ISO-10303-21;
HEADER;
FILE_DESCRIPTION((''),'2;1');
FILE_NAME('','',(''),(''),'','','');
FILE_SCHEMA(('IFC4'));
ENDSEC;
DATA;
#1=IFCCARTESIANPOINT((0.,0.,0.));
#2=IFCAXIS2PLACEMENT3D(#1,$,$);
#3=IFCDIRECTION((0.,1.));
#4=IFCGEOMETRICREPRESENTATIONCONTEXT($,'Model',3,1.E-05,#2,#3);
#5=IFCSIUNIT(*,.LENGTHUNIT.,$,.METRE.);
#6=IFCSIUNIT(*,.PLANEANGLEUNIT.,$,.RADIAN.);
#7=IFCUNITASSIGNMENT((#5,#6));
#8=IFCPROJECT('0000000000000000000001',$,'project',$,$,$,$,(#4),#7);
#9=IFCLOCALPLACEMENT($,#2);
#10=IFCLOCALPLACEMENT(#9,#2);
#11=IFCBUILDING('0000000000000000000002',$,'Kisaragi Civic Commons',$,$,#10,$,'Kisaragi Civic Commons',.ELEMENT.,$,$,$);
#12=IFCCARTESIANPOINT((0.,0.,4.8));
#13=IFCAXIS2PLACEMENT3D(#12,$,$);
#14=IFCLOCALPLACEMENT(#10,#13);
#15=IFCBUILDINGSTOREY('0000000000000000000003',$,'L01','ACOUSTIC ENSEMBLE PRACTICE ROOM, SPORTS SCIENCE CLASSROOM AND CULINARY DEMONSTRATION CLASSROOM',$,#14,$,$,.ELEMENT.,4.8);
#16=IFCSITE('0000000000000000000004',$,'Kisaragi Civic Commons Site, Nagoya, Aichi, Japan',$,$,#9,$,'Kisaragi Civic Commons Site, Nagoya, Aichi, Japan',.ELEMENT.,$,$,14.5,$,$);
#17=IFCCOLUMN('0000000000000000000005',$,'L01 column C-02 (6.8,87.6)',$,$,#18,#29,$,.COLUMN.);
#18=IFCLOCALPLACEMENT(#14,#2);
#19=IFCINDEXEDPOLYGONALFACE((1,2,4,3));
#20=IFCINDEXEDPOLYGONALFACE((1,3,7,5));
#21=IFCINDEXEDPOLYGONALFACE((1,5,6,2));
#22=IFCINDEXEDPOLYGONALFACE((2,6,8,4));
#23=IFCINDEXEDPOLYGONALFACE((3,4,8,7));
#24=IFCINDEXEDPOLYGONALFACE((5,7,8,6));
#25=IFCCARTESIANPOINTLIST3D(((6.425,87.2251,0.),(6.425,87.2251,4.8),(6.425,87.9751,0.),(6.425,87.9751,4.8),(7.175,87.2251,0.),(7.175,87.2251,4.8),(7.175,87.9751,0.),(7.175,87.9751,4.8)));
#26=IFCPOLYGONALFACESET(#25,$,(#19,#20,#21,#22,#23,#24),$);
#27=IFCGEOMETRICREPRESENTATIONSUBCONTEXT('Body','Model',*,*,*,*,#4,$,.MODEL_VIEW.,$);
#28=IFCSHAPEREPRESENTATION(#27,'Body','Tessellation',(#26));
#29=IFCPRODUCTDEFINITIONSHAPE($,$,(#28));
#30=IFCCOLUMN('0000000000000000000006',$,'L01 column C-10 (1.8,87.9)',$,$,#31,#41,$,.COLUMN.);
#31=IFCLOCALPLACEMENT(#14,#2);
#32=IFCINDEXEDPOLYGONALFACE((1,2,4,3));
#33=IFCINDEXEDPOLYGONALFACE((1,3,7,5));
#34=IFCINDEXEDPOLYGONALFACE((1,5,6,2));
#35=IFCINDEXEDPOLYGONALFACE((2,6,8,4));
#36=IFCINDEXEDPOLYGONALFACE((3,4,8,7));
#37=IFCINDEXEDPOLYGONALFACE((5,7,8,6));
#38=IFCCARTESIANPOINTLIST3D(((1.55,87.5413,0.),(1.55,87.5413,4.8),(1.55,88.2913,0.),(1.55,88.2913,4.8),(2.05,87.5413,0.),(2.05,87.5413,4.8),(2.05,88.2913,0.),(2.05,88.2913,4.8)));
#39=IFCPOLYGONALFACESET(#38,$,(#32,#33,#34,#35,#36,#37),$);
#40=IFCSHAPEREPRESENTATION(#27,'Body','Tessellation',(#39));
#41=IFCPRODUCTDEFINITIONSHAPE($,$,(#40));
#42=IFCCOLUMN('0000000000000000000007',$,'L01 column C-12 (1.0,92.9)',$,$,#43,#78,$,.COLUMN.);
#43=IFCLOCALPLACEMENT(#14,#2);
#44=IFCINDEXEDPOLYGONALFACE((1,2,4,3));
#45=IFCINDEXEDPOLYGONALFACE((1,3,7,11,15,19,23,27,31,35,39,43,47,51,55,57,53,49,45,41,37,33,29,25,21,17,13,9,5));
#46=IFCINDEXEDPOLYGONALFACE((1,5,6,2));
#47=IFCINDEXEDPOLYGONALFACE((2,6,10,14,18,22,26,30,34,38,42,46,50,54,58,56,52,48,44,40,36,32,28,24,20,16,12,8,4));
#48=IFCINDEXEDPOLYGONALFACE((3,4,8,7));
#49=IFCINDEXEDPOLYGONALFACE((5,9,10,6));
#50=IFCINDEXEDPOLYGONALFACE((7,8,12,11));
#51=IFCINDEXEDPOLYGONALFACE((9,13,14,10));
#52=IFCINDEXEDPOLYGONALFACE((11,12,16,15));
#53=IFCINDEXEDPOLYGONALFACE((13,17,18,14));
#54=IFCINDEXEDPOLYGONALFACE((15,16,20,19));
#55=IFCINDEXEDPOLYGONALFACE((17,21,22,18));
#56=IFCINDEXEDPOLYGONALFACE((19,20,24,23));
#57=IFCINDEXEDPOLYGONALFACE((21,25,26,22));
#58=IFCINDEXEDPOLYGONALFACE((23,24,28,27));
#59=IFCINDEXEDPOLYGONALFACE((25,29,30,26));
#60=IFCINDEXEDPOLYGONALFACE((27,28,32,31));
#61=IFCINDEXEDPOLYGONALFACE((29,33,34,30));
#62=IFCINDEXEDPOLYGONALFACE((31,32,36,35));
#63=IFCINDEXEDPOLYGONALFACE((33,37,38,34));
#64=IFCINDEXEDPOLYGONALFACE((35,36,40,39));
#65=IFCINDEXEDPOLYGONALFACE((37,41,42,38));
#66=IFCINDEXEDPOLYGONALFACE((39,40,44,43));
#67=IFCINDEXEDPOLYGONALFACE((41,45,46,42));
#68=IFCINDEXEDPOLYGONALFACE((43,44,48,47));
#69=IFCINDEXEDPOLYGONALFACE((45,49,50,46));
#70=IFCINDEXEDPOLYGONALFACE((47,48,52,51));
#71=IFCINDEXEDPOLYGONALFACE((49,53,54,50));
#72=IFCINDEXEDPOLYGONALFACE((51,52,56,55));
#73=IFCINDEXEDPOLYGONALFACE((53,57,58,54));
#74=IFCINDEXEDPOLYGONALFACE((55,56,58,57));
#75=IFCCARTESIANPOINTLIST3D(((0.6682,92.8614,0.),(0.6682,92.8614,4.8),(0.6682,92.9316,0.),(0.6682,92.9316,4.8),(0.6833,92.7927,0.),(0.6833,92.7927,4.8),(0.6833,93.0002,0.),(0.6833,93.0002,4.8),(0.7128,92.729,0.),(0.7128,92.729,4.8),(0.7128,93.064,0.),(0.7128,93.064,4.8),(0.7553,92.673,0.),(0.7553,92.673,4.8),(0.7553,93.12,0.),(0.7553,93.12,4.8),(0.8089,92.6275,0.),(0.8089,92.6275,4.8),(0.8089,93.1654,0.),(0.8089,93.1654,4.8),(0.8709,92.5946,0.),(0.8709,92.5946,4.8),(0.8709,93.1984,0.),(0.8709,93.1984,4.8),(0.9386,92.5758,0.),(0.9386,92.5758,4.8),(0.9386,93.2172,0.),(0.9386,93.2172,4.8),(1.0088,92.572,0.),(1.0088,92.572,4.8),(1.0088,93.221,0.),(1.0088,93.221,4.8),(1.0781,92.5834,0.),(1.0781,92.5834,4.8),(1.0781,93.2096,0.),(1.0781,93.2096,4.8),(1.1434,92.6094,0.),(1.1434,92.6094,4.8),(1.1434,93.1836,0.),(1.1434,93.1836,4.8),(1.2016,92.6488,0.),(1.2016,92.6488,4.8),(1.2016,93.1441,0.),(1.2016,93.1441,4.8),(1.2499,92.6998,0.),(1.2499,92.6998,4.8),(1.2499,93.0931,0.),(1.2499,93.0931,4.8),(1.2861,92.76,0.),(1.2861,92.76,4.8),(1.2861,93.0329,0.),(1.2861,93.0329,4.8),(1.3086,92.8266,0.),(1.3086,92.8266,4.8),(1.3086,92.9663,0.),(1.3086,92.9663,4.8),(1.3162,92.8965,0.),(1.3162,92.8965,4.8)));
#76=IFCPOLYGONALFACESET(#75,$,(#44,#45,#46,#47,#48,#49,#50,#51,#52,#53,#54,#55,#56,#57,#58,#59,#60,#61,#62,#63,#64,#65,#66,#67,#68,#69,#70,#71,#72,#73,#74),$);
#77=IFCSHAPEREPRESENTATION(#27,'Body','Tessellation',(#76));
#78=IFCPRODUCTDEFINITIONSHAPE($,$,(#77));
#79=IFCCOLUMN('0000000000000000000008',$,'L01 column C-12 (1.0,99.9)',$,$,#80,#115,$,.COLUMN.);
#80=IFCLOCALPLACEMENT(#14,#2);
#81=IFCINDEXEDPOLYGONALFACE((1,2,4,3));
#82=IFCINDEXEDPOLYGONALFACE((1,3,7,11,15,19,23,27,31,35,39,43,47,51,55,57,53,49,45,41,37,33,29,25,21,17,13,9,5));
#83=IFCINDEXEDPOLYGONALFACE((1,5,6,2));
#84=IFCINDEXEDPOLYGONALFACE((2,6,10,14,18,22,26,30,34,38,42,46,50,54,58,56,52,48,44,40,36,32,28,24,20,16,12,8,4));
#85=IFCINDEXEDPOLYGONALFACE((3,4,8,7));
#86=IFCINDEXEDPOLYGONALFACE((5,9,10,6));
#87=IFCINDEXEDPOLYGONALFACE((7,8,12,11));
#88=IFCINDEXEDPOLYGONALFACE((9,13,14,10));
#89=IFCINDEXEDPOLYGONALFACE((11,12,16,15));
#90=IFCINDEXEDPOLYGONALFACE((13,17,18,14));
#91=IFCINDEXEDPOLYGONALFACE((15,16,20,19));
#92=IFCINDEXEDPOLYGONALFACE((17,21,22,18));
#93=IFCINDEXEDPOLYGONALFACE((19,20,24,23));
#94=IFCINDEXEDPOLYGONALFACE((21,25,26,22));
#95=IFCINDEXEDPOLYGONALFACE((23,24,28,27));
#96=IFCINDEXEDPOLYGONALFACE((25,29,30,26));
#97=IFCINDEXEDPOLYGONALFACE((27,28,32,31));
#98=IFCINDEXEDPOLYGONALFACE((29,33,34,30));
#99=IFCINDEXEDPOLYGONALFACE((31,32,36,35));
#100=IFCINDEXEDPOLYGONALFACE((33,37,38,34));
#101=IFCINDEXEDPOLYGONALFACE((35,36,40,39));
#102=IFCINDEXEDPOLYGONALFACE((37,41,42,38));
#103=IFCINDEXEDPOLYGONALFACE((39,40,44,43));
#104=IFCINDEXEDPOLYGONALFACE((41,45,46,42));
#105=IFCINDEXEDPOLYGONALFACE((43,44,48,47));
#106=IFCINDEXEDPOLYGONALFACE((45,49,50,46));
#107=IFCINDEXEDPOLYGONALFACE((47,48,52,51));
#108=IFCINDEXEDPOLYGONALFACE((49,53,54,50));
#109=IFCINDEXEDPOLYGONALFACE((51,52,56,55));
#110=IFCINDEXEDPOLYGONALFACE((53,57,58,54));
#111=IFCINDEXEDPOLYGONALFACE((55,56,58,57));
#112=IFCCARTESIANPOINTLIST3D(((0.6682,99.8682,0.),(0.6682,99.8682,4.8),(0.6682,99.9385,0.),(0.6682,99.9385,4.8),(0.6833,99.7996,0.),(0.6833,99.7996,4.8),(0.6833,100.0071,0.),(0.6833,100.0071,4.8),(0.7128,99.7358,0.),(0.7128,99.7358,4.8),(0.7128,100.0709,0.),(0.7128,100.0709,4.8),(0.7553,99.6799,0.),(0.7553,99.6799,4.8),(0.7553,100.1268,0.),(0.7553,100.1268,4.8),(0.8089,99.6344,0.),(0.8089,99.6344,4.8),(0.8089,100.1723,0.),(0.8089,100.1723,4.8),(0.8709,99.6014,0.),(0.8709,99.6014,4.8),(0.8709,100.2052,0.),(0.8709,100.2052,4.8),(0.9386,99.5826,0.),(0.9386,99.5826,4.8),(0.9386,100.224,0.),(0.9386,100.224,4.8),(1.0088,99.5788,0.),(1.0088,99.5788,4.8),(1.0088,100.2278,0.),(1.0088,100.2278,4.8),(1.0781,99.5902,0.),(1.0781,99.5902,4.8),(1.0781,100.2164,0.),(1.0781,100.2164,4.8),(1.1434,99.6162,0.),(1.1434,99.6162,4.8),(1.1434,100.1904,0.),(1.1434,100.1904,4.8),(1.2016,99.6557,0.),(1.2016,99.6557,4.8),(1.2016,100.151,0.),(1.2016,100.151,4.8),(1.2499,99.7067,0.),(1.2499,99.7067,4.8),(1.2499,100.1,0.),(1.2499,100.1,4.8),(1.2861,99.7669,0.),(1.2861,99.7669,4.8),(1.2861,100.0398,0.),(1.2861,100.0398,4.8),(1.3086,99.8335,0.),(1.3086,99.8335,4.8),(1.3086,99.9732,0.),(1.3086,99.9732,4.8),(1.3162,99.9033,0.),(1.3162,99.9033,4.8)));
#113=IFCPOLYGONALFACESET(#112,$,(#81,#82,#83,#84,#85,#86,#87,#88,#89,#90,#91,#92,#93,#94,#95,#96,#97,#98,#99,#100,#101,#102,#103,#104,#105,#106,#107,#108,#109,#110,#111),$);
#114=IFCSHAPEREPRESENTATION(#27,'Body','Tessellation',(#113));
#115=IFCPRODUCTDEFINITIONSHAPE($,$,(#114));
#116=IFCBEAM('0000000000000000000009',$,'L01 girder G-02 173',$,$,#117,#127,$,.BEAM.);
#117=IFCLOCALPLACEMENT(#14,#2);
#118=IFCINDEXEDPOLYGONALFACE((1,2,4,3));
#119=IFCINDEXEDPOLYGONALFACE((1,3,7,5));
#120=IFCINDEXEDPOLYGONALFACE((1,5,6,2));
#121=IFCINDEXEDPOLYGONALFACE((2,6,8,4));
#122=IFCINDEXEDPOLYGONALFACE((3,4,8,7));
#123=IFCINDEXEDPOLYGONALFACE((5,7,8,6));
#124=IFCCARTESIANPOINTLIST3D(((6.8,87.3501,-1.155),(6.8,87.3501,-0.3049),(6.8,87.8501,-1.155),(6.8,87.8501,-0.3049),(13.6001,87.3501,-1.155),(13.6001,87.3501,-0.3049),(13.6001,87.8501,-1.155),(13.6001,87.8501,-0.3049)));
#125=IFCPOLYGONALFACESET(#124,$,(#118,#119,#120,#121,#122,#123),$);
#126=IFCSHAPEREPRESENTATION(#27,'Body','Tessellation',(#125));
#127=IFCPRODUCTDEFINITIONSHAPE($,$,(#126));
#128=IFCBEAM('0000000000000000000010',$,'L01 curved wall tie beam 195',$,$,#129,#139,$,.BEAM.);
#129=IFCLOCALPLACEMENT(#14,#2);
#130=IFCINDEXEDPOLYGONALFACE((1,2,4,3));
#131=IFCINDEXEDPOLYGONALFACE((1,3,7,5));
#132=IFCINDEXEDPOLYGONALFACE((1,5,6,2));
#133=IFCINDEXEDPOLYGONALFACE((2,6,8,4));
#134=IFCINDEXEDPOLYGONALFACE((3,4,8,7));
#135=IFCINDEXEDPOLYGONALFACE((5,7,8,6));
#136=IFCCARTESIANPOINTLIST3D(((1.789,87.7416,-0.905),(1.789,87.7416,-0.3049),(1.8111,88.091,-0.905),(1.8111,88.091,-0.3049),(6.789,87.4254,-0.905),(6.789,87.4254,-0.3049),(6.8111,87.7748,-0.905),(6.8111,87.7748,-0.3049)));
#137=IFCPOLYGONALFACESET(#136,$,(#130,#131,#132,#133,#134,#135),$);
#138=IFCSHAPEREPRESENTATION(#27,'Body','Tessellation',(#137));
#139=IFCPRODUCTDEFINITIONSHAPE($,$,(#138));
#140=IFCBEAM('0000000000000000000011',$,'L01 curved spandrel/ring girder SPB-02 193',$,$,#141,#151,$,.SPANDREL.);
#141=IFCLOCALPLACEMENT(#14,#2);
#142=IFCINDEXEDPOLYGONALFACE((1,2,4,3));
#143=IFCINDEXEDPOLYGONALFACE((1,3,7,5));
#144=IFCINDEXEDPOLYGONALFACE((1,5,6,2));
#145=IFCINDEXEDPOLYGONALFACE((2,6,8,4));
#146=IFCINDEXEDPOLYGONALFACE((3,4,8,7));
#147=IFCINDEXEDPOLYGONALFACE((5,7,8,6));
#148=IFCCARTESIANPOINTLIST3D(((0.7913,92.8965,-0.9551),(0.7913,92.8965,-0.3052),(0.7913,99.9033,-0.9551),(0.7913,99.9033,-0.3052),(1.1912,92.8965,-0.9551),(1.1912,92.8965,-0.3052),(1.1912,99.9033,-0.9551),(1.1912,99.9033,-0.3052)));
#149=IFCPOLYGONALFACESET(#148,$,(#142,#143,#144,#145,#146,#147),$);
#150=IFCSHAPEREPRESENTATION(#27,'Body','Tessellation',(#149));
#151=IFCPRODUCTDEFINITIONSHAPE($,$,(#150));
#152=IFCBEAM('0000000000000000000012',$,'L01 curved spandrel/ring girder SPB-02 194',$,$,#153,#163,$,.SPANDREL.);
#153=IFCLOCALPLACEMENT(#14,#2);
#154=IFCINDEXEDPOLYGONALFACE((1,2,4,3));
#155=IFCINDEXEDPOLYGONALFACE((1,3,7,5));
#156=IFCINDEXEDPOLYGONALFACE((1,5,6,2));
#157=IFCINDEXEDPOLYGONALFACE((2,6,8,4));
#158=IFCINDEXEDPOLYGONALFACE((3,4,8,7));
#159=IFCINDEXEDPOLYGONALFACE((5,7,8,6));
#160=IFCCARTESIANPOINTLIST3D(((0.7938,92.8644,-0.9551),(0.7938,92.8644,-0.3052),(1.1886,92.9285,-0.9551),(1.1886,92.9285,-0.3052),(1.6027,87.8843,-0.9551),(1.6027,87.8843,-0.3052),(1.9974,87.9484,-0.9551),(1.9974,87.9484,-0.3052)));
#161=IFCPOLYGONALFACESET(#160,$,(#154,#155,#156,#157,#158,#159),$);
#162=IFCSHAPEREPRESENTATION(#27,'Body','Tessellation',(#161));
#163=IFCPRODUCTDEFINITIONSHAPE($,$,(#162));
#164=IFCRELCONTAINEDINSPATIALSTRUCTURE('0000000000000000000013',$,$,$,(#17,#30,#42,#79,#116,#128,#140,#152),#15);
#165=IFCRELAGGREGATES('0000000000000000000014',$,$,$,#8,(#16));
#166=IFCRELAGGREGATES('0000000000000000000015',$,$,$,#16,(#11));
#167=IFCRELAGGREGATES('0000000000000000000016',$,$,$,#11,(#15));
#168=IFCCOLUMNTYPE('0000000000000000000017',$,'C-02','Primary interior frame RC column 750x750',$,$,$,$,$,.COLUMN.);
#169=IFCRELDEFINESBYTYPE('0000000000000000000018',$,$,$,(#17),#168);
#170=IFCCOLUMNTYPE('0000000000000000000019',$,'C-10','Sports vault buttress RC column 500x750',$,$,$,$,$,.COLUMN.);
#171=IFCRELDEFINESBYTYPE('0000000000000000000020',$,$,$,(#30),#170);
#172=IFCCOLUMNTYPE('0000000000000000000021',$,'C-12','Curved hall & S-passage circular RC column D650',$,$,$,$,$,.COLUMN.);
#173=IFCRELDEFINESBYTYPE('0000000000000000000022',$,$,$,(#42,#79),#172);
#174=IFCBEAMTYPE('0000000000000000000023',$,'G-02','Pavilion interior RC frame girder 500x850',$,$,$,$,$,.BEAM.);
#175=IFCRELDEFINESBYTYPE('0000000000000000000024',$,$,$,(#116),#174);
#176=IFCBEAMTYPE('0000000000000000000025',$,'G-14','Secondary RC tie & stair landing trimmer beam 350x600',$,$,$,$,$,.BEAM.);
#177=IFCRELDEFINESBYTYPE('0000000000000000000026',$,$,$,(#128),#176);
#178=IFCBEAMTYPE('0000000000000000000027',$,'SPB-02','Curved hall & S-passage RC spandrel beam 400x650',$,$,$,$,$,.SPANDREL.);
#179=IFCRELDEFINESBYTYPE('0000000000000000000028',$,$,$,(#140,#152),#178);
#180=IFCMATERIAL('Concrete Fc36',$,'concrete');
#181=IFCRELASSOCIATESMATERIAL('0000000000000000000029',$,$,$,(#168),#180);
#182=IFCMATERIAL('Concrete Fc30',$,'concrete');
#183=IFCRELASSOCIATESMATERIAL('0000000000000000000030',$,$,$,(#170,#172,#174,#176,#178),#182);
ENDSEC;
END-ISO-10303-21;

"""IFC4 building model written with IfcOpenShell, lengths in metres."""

from ifc_helpers import new_model, si_unit, direction, frame, origin, origin_2d, place, context, subcontext, project, spatial, rectangle, circle, extrude, material, material_profile, profile_set, type_object, element, save


model = new_model("IFC4")

# Units and contexts
model_context = context("Model", 3, precision=1e-05, world=origin(), true_north=direction((0.0, 1.0)))
body_context = subcontext(model_context, "Body", "Model", "MODEL_VIEW")
ifc_project = project(units=[si_unit("LENGTHUNIT", "METRE"), si_unit("PLANEANGLEUNIT", "RADIAN")], contexts=[model_context])

# Site, building, storey
site_placement = place(None, origin())
site = spatial("IfcSite", under=ifc_project, at=site_placement, Name="Kisaragi Civic Commons Site, Nagoya, Aichi, Japan", LongName="Kisaragi Civic Commons Site, Nagoya, Aichi, Japan", CompositionType="ELEMENT", RefElevation=14.5)
building_placement = place(site_placement, origin())
building = spatial("IfcBuilding", under=site, at=building_placement, Name="Kisaragi Civic Commons", LongName="Kisaragi Civic Commons", CompositionType="ELEMENT")
storey_placement = place(building_placement, frame((0.0, 0.0, 4.8)))
storey = spatial("IfcBuildingStorey", under=building, at=storey_placement, Name="L01", Description="ACOUSTIC ENSEMBLE PRACTICE ROOM, SPORTS SCIENCE CLASSROOM AND CULINARY DEMONSTRATION CLASSROOM", CompositionType="ELEMENT", Elevation=4.8)

# Columns
ifc_material_1 = material(Name="Concrete Fc36", Category="concrete")
ifc_material_profile_1 = material_profile(ifc_material_1, rectangle(XDim=0.75, YDim=0.75, at=origin_2d()), Name="RC-750x750", Category="concrete")
ifc_profile_set_1 = profile_set([ifc_material_profile_1], Name="Concrete Fc36")
column_type_1 = type_object("IfcColumnType", Name="C-02", Description="Primary interior frame RC column 750x750", PredefinedType="COLUMN", material=ifc_profile_set_1)
column_1_placement = place(storey_placement, frame((6.8, 87.6001, 0.0), z_axis=(0.0, 0.0, 1.0), x_axis=(1.0, 0.0, 0.0)))
element("IfcColumn", 1, at=column_1_placement, inside=storey, type_object=column_type_1, Name="L01 column C-02 (6.8,87.6)", PredefinedType="COLUMN", context=body_context, shape_type="SweptSolid", body=[
    extrude(rectangle(XDim=0.75, YDim=0.75, at=origin_2d()), origin(), (0.0, 0.0, 1.0), 4.8),
])
ifc_material_2 = material(Name="Concrete Fc30", Category="concrete")
ifc_material_profile_2 = material_profile(ifc_material_2, rectangle(XDim=0.5, YDim=0.75, at=origin_2d()), Name="RC-500x750", Category="concrete")
ifc_profile_set_2 = profile_set([ifc_material_profile_2], Name="Concrete Fc30")
column_type_2 = type_object("IfcColumnType", Name="C-10", Description="Sports vault buttress RC column 500x750", PredefinedType="COLUMN", material=ifc_profile_set_2)
column_2_placement = place(storey_placement, frame((1.8, 87.9163, 0.0), z_axis=(0.0, 0.0, 1.0), x_axis=(1.0, 0.0, 0.0)))
element("IfcColumn", 2, at=column_2_placement, inside=storey, type_object=column_type_2, Name="L01 column C-10 (1.8,87.9)", PredefinedType="COLUMN", context=body_context, shape_type="SweptSolid", body=[
    extrude(rectangle(XDim=0.5, YDim=0.75, at=origin_2d()), origin(), (0.0, 0.0, 1.0), 4.8),
])
ifc_material_profile_3 = material_profile(ifc_material_2, circle(Radius=0.325, at=origin_2d()), Name="RC-D650", Category="concrete")
ifc_profile_set_3 = profile_set([ifc_material_profile_3], Name="Concrete Fc30")
column_type_3 = type_object("IfcColumnType", Name="C-12", Description="Curved hall & S-passage circular RC column D650", PredefinedType="COLUMN", material=ifc_profile_set_3)
for number, where, z_axis, x_axis, name in (
    (3, (0.9912, 92.8965, 0.0), (0.0, 0.0, 1.0), (1.0, 0.0, 0.0), "L01 column C-12 (1.0,92.9)"),
    (4, (0.9912, 99.9033, 0.0), (0.0, 0.0, 1.0), (1.0, 0.0, 0.0), "L01 column C-12 (1.0,99.9)"),
):
    element("IfcColumn", number, at=place(storey_placement, frame(where, z_axis=z_axis, x_axis=x_axis)), inside=storey, type_object=column_type_3, Name=name, PredefinedType="COLUMN", context=body_context, shape_type="SweptSolid", body=[
        extrude(circle(Radius=0.325, at=origin_2d()), origin(), (0.0, 0.0, 1.0), 4.8),
    ])

# Beams
ifc_material_profile_4 = material_profile(ifc_material_2, rectangle(XDim=0.5, YDim=0.8501, at=origin_2d()), Name="RC-500x850", Category="concrete")
ifc_profile_set_4 = profile_set([ifc_material_profile_4], Name="Concrete Fc30")
beam_type_1 = type_object("IfcBeamType", Name="G-02", Description="Pavilion interior RC frame girder 500x850", PredefinedType="BEAM", material=ifc_profile_set_4)
beam_1_placement = place(storey_placement, frame((6.8, 87.6001, -0.73), z_axis=(1.0, 0.0, 0.0), x_axis=(0.0, 1.0, 0.0)))
element("IfcBeam", 5, at=beam_1_placement, inside=storey, type_object=beam_type_1, Name="L01 girder G-02 173", PredefinedType="BEAM", context=body_context, shape_type="SweptSolid", body=[
    extrude(rectangle(XDim=0.5, YDim=0.8501, at=origin_2d()), origin(), (0.0, 0.0, 1.0), 6.8),
])
ifc_material_profile_5 = material_profile(ifc_material_2, rectangle(XDim=0.3501, YDim=0.6001, at=origin_2d()), Name="RC-350x600", Category="concrete")
ifc_profile_set_5 = profile_set([ifc_material_profile_5], Name="Concrete Fc30")
beam_type_2 = type_object("IfcBeamType", Name="G-14", Description="Secondary RC tie & stair landing trimmer beam 350x600", PredefinedType="BEAM", material=ifc_profile_set_5)
beam_2_placement = place(storey_placement, frame((1.8, 87.9163, -0.605), z_axis=(0.998007, -0.063106, 0.0), x_axis=(0.063106, 0.998007, 0.0)))
element("IfcBeam", 6, at=beam_2_placement, inside=storey, type_object=beam_type_2, Name="L01 curved wall tie beam 195", PredefinedType="BEAM", context=body_context, shape_type="SweptSolid", body=[
    extrude(rectangle(XDim=0.3501, YDim=0.6001, at=origin_2d()), origin(), (0.0, 0.0, 1.0), 5.01),
])
ifc_material_profile_6 = material_profile(ifc_material_2, rectangle(XDim=0.3999, YDim=0.6499, at=origin_2d()), Name="RC-400x650", Category="concrete")
ifc_profile_set_6 = profile_set([ifc_material_profile_6], Name="Concrete Fc30")
beam_type_3 = type_object("IfcBeamType", Name="SPB-02", Description="Curved hall & S-passage RC spandrel beam 400x650", PredefinedType="SPANDREL", material=ifc_profile_set_6)
beam_3_placement = place(storey_placement, frame((0.9912, 99.9033, -0.6301), z_axis=(0.0, -1.0, 0.0), x_axis=(1.0, 0.0, 0.0)))
element("IfcBeam", 7, at=beam_3_placement, inside=storey, type_object=beam_type_3, Name="L01 curved spandrel/ring girder SPB-02 193", PredefinedType="SPANDREL", context=body_context, shape_type="SweptSolid", body=[
    extrude(rectangle(XDim=0.3999, YDim=0.6499, at=origin_2d()), origin(), (0.0, 0.0, 1.0), 7.0068),
])
beam_4_placement = place(storey_placement, frame((0.9912, 92.8965, -0.6301), z_axis=(0.160309, -0.987067, 0.0), x_axis=(0.987067, 0.160309, 0.0)))
element("IfcBeam", 8, at=beam_4_placement, inside=storey, type_object=beam_type_3, Name="L01 curved spandrel/ring girder SPB-02 194", PredefinedType="SPANDREL", context=body_context, shape_type="SweptSolid", body=[
    extrude(rectangle(XDim=0.3999, YDim=0.6499, at=origin_2d()), origin(), (0.0, 0.0, 1.0), 5.0454),
])

save(model, "model.ifc")
